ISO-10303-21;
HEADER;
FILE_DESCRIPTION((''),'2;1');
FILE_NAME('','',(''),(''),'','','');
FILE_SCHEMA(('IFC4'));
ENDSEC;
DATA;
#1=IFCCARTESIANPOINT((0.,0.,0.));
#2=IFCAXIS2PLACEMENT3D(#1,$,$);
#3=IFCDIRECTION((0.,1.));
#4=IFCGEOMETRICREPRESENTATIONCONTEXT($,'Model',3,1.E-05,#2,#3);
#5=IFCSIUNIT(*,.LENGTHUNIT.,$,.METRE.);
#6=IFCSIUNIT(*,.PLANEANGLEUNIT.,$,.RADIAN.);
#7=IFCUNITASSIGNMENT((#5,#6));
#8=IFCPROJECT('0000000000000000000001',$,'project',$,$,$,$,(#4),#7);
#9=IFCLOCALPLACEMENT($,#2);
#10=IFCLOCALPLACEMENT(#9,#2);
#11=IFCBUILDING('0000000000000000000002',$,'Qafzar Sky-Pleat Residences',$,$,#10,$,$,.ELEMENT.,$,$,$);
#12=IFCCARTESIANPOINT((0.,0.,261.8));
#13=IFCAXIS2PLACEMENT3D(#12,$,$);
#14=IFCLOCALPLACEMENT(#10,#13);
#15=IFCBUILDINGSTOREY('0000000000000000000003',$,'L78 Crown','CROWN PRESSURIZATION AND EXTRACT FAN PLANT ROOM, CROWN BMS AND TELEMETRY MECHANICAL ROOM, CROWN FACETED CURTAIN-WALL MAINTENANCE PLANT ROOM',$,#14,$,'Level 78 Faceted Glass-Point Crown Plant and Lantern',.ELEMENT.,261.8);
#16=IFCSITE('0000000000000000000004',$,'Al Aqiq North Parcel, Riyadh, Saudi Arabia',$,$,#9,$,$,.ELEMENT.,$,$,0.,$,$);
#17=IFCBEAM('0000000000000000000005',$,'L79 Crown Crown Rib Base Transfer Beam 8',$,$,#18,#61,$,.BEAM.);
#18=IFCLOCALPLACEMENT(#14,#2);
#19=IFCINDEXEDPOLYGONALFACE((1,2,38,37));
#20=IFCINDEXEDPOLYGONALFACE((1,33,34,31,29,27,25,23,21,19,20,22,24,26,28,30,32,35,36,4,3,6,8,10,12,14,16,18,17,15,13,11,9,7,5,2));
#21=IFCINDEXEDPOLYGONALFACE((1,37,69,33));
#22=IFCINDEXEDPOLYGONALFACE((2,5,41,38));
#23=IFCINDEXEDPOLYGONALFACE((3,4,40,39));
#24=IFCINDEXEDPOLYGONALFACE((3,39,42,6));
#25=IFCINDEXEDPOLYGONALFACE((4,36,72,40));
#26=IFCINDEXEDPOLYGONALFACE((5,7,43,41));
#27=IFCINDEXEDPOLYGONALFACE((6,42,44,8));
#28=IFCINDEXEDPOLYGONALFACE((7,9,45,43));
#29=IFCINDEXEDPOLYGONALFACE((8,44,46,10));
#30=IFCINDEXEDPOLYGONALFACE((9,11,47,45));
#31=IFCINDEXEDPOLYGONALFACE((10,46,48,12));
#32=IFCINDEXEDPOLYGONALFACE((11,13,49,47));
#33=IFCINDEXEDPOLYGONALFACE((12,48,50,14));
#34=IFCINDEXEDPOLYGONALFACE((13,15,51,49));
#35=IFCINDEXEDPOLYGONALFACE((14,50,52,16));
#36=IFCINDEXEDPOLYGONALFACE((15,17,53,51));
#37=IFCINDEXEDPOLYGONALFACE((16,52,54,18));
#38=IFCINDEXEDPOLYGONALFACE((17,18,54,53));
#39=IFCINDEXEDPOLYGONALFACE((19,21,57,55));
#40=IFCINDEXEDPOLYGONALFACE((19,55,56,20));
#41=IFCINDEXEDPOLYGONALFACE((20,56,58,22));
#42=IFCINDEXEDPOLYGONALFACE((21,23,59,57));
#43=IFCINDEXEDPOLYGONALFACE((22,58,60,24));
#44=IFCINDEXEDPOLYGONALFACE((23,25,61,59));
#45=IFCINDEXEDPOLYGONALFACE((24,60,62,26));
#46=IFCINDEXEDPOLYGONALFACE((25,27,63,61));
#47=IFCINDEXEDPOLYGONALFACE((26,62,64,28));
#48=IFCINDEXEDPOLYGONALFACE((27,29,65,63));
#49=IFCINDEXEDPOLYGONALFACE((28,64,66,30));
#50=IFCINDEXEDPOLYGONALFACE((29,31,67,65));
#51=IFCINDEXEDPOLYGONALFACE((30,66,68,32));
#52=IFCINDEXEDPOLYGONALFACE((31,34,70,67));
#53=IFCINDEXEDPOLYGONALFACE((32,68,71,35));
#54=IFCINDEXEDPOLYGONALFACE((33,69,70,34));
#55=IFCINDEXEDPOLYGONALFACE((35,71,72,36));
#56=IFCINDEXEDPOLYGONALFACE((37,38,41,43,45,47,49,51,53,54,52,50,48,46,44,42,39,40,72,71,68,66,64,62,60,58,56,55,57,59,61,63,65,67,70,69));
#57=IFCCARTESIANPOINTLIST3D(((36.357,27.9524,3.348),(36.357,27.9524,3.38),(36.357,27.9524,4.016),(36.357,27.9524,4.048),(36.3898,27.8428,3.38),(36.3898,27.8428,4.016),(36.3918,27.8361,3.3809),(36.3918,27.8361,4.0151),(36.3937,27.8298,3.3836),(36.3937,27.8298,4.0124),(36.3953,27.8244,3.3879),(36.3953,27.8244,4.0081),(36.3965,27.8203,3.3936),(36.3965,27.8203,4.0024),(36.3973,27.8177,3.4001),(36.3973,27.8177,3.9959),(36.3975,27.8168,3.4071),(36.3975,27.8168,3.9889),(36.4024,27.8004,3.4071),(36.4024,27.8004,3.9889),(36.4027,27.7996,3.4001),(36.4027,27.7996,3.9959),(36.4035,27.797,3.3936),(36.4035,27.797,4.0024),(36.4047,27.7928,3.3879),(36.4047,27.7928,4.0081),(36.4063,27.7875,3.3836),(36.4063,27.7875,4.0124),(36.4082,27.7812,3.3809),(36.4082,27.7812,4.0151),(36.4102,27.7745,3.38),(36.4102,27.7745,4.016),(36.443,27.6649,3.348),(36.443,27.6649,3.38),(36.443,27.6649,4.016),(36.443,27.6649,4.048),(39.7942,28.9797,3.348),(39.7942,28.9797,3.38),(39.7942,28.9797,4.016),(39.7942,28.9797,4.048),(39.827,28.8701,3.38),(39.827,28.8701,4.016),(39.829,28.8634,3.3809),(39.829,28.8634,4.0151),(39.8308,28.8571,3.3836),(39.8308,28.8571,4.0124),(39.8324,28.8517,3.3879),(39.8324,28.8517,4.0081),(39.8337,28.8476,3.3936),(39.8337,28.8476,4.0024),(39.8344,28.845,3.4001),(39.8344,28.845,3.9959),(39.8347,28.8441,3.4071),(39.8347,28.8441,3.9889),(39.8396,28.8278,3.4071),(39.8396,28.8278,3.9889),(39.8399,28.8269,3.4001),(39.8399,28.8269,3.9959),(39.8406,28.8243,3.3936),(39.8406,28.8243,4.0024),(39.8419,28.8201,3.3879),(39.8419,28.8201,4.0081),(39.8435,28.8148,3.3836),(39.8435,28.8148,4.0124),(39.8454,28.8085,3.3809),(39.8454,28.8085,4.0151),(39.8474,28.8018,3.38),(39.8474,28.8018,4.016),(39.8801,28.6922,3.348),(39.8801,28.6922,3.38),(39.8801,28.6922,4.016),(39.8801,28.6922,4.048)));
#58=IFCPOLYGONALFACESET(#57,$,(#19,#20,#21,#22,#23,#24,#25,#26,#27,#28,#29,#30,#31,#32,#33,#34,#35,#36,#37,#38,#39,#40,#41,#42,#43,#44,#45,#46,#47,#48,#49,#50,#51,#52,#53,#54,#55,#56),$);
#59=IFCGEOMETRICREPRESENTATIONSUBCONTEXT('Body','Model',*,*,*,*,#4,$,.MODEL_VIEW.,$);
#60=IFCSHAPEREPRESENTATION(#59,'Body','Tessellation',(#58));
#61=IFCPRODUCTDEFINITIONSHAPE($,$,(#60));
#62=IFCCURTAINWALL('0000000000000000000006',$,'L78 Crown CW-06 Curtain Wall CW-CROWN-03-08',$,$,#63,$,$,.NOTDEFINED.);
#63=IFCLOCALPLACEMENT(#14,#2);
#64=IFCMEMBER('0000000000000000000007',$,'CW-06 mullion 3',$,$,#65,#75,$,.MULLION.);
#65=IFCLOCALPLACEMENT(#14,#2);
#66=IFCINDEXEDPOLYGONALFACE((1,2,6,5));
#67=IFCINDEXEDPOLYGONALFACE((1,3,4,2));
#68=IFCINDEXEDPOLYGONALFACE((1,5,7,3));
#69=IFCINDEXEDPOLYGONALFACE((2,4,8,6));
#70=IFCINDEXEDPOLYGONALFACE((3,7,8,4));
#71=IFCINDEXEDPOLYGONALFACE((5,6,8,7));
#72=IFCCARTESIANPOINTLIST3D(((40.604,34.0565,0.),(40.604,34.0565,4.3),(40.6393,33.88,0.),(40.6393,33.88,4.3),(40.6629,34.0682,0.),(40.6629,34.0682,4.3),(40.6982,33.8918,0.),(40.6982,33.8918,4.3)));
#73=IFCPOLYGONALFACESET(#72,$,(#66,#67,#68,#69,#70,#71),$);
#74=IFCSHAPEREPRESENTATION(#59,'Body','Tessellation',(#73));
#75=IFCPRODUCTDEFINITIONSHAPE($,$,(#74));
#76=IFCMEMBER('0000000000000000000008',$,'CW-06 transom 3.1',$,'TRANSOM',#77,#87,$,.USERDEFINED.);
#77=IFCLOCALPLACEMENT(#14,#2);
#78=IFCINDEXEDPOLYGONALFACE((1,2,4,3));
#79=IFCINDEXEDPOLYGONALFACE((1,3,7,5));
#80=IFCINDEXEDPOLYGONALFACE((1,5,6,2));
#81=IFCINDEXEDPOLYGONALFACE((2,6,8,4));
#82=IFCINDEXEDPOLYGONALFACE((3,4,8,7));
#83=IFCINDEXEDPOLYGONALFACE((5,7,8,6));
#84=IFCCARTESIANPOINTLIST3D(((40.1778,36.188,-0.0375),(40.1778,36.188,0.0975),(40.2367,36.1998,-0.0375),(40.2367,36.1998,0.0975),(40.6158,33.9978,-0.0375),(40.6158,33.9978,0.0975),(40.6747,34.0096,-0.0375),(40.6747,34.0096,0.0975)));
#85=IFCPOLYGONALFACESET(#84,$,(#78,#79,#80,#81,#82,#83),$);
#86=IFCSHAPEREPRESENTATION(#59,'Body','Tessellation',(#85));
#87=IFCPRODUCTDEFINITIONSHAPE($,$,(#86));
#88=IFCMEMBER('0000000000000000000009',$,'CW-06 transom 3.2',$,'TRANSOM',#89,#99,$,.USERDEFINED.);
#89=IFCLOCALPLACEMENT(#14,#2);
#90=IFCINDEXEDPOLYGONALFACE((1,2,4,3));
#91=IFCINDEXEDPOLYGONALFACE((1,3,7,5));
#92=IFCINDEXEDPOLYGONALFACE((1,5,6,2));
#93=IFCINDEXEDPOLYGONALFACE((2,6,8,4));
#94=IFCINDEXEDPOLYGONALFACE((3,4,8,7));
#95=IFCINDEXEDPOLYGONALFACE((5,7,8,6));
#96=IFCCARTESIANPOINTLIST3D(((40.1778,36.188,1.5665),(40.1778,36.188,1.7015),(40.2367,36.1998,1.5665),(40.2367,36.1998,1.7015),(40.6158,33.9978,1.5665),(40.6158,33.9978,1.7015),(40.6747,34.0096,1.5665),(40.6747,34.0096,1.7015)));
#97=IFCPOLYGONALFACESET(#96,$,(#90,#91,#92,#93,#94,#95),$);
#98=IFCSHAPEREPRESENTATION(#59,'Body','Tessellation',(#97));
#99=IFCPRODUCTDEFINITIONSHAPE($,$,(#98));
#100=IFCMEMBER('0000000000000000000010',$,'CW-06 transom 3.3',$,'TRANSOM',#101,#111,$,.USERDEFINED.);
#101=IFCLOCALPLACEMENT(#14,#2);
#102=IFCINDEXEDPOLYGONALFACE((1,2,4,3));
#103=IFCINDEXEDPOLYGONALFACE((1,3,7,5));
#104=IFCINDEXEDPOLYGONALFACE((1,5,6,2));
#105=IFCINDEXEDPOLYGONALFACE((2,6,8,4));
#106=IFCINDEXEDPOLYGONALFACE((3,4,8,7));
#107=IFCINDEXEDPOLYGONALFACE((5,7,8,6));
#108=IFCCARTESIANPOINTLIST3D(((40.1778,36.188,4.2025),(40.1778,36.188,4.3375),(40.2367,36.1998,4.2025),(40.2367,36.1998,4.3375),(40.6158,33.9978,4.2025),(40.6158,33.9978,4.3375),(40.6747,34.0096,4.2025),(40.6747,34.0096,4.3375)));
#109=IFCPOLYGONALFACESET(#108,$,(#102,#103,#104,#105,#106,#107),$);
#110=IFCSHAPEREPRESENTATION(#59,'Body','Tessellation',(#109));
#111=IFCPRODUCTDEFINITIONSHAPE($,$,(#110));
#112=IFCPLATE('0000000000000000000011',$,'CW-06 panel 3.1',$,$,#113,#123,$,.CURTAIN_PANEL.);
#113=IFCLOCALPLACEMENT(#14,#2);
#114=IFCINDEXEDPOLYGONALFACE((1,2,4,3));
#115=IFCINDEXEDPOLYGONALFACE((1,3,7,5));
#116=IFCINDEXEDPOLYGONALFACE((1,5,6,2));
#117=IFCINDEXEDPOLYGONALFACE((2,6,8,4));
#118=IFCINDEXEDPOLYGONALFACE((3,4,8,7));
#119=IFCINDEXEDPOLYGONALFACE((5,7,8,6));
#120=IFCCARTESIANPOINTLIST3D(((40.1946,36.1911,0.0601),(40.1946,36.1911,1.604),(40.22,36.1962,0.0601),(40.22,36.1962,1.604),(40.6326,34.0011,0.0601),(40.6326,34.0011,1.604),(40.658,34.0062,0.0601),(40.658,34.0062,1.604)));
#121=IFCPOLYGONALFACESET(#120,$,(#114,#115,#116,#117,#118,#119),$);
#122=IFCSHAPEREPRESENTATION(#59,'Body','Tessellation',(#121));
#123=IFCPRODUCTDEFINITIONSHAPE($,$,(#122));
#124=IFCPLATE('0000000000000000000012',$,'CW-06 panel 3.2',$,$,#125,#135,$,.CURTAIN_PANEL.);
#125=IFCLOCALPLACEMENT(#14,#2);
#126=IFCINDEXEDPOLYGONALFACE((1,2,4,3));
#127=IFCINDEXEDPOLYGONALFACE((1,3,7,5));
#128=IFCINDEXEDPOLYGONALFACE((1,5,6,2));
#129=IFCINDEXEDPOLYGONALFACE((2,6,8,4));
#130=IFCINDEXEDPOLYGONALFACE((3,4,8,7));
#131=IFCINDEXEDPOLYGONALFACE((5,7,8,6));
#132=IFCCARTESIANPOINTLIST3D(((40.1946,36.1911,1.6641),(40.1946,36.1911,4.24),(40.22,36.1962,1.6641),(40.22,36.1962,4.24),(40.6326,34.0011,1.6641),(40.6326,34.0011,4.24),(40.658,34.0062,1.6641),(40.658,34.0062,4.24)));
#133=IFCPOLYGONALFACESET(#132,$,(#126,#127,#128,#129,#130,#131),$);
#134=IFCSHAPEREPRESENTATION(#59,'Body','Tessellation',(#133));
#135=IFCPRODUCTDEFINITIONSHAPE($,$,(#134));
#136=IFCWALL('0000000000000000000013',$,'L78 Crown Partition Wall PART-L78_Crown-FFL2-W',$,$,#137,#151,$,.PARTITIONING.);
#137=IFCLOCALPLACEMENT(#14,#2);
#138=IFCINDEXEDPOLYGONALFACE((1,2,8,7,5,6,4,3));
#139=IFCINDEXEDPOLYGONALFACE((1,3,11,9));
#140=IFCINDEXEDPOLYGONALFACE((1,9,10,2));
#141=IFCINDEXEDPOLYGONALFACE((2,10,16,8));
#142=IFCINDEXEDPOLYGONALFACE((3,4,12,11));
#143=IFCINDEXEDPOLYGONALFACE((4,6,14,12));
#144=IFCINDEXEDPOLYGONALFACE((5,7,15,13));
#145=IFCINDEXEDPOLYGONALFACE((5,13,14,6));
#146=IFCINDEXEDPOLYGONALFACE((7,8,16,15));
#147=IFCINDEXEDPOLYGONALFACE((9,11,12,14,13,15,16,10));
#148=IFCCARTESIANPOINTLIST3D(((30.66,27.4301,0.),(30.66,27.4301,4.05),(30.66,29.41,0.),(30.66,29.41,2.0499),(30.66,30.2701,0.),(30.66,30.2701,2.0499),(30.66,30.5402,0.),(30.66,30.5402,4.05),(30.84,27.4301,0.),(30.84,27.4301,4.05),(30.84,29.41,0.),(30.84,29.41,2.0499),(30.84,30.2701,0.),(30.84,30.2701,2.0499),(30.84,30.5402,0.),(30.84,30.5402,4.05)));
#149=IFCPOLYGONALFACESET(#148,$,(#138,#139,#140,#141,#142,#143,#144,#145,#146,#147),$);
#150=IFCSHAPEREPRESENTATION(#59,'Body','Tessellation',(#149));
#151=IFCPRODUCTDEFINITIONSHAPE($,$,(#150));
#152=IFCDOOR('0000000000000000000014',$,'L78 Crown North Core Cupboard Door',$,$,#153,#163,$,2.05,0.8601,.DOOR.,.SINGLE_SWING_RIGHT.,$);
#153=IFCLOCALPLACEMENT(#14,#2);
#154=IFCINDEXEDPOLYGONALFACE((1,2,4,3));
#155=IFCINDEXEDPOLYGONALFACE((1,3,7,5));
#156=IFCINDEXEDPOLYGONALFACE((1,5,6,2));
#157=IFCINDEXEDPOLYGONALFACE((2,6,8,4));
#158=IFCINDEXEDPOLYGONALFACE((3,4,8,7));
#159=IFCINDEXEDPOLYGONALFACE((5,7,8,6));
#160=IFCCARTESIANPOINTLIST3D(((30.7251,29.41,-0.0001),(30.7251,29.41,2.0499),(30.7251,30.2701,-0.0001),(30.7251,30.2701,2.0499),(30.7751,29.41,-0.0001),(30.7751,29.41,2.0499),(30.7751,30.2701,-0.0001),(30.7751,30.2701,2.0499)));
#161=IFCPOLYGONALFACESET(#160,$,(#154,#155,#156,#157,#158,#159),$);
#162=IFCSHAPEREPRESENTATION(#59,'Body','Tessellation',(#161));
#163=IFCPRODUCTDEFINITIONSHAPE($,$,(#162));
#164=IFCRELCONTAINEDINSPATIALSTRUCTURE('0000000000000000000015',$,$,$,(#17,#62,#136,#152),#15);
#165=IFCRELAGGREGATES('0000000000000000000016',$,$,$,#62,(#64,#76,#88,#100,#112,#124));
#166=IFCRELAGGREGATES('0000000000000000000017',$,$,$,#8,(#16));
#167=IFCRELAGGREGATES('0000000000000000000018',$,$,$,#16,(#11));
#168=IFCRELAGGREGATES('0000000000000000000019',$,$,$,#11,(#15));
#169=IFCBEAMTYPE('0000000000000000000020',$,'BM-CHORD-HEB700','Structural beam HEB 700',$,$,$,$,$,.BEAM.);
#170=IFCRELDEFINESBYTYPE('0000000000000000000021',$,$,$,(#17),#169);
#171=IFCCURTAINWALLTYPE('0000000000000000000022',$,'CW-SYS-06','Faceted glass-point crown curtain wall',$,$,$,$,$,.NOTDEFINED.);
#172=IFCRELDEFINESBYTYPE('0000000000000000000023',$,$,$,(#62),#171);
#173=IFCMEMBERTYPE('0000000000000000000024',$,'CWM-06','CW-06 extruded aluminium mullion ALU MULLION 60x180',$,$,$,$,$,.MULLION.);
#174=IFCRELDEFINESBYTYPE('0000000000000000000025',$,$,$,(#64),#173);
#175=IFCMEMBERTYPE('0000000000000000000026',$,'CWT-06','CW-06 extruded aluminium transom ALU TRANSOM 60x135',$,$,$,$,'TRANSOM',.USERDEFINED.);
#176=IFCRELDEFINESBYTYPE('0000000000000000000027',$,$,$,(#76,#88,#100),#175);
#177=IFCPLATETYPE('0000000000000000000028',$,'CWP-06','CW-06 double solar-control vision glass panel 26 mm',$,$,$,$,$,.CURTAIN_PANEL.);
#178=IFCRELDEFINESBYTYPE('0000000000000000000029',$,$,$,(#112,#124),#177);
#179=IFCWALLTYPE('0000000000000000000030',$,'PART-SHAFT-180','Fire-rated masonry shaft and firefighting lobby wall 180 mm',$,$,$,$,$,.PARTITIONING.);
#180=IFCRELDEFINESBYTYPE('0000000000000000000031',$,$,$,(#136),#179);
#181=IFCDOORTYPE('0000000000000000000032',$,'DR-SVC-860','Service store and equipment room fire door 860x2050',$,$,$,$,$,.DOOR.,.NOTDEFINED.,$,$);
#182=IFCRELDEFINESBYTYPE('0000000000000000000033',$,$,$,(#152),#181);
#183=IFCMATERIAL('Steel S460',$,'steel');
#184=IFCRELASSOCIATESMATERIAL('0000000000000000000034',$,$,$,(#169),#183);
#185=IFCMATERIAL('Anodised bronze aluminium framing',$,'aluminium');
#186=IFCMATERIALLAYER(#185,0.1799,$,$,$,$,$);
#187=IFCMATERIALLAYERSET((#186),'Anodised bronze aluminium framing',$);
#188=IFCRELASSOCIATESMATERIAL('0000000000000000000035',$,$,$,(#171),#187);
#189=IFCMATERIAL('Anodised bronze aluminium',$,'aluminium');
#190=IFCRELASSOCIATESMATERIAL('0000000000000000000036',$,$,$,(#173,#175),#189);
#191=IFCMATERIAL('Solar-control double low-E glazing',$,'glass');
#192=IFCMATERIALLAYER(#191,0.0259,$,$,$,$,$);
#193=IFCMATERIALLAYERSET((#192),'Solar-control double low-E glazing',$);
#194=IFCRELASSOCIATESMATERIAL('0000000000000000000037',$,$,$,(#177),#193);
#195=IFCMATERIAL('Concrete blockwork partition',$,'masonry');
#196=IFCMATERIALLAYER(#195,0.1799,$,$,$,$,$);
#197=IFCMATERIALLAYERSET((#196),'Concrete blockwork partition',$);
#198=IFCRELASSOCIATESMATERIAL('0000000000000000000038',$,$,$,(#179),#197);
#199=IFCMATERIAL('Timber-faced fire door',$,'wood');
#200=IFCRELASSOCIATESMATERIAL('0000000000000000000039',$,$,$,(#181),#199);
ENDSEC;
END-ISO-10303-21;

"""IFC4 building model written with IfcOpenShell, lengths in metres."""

from ifc_helpers import new_model, si_unit, direction, frame, frame_2d, origin, origin_2d, place, context, subcontext, project, spatial, rectangle, i_section, extrude, source, transform, mapped, material, layer, layer_set, material_profile, profile_set, type_object, element, fill, aggregate, save


model = new_model("IFC4")

# Units and contexts
model_context = context("Model", 3, precision=1e-05, world=origin(), true_north=direction((0.0, 1.0)))
body_context = subcontext(model_context, "Body", "Model", "MODEL_VIEW")
ifc_project = project(units=[si_unit("LENGTHUNIT", "METRE"), si_unit("PLANEANGLEUNIT", "RADIAN")], contexts=[model_context])

# Site, building, storey
site_placement = place(None, origin())
site = spatial("IfcSite", under=ifc_project, at=site_placement, Name="Al Aqiq North Parcel, Riyadh, Saudi Arabia", CompositionType="ELEMENT", RefElevation=0.0)
building_placement = place(site_placement, origin())
building = spatial("IfcBuilding", under=site, at=building_placement, Name="Qafzar Sky-Pleat Residences", CompositionType="ELEMENT")
storey_placement = place(building_placement, frame((0.0, 0.0, 261.8)))
storey = spatial("IfcBuildingStorey", under=building, at=storey_placement, Name="L78 Crown", Description="CROWN PRESSURIZATION AND EXTRACT FAN PLANT ROOM, CROWN BMS AND TELEMETRY MECHANICAL ROOM, CROWN FACETED CURTAIN-WALL MAINTENANCE PLANT ROOM", LongName="Level 78 Faceted Glass-Point Crown Plant and Lantern", CompositionType="ELEMENT", Elevation=261.8)

# Shared definitions
ifc_material_1 = material(Name="Steel S460", Category="steel")

# Beam
ifc_material_profile_1 = material_profile(ifc_material_1, i_section(OverallWidth=0.3, OverallDepth=0.7, WebThickness=0.0171, FlangeThickness=0.032, FilletRadius=0.0271, at=origin_2d()), Name="HEB 700")
ifc_profile_set_1 = profile_set([ifc_material_profile_1], Name="Steel S460")
beam_type = type_object("IfcBeamType", Name="BM-CHORD-HEB700", Description="Structural beam HEB 700", PredefinedType="BEAM", material=ifc_profile_set_1)
shared_shape_1 = source(origin(), body_context, "Body", "SweptSolid", [
    extrude(i_section(OverallWidth=0.3, OverallDepth=0.7, WebThickness=0.0171, FlangeThickness=0.032, FilletRadius=0.0271, at=origin_2d()), origin(), (0.0, 0.0, 1.0), 3.5874),
])
beam_1_placement = place(storey_placement, frame((39.8372, 28.8359, 3.698), z_axis=(-0.95812, -0.286368, 0.0), x_axis=(0.286368, -0.95812, 0.0)))
element("IfcBeam", 1, at=beam_1_placement, inside=storey, type_object=beam_type, Name="L79 Crown Crown Rib Base Transfer Beam 8", PredefinedType="BEAM", context=body_context, shape_type="MappedRepresentation", body=[
    mapped(shared_shape_1, transform((0.0, 0.0, 0.0), x_axis=(1.0, 0.0, 0.0), y_axis=(0.0, 1.0, 0.0), z_axis=(0.0, 0.0, 1.0), scale=1.0)),
])

# Curtain wall, members, plates
ifc_material_2 = material(Name="Anodised bronze aluminium framing", Category="aluminium")
ifc_layer_1 = layer(ifc_material_2, 0.1799)
ifc_layer_set_1 = layer_set([ifc_layer_1], Name="Anodised bronze aluminium framing")
curtain_wall_type = type_object("IfcCurtainWallType", Name="CW-SYS-06", Description="Faceted glass-point crown curtain wall", PredefinedType="NOTDEFINED", material=ifc_layer_set_1)
curtain_wall_placement = place(storey_placement, origin())
curtain_wall = element("IfcCurtainWall", 2, at=curtain_wall_placement, inside=storey, type_object=curtain_wall_type, Name="L78 Crown CW-06 Curtain Wall CW-CROWN-03-08", PredefinedType="NOTDEFINED")
ifc_material_3 = material(Name="Anodised bronze aluminium", Category="aluminium")
ifc_material_profile_2 = material_profile(ifc_material_3, rectangle(XDim=0.0601, YDim=0.1799, at=origin_2d()), Name="ALU MULLION 60x180")
ifc_profile_set_2 = profile_set([ifc_material_profile_2], Name="Anodised bronze aluminium")
member_type_1 = type_object("IfcMemberType", Name="CWM-06", Description="CW-06 extruded aluminium mullion ALU MULLION 60x180", PredefinedType="MULLION", material=ifc_profile_set_2)
shared_shape_2 = source(origin(), body_context, "Body", "SweptSolid", [
    extrude(rectangle(XDim=0.0601, YDim=0.1799, at=origin_2d()), origin(), (0.0, 0.0, 1.0), 4.3),
])
member_1_placement = place(storey_placement, frame((40.6511, 33.9741, 0.0), z_axis=(0.0, 0.0, 1.0), x_axis=(-0.980581, -0.196113, 0.0)))
member_1 = element("IfcMember", 3, at=member_1_placement, type_object=member_type_1, Name="CW-06 mullion 3", PredefinedType="MULLION", context=body_context, shape_type="MappedRepresentation", body=[
    mapped(shared_shape_2, transform((0.0, 0.0, 0.0), x_axis=(1.0, 0.0, 0.0), y_axis=(0.0, 1.0, 0.0), z_axis=(0.0, 0.0, 1.0), scale=1.0)),
])
ifc_material_profile_3 = material_profile(ifc_material_3, rectangle(XDim=0.0601, YDim=0.135, at=origin_2d()), Name="ALU TRANSOM 60x135")
ifc_profile_set_3 = profile_set([ifc_material_profile_3], Name="Anodised bronze aluminium")
member_type_2 = type_object("IfcMemberType", Name="CWT-06", Description="CW-06 extruded aluminium transom ALU TRANSOM 60x135", ElementType="TRANSOM", PredefinedType="USERDEFINED", material=ifc_profile_set_3)
shared_shape_3 = source(origin(), body_context, "Body", "SweptSolid", [
    extrude(rectangle(XDim=0.0601, YDim=0.135, at=origin_2d()), origin(), (0.0, 0.0, 1.0), 2.2336),
])
member_2_placement = place(storey_placement, frame((40.6453, 34.0037, 0.03), z_axis=(-0.196095, 0.980585, 0.0), x_axis=(-0.980585, -0.196095, 0.0)))
member_2 = element("IfcMember", 4, at=member_2_placement, type_object=member_type_2, Name="CW-06 transom 3.1", ObjectType="TRANSOM", PredefinedType="USERDEFINED", context=body_context, shape_type="MappedRepresentation", body=[
    mapped(shared_shape_3, transform((0.0, 0.0, 0.0), x_axis=(1.0, 0.0, 0.0), y_axis=(0.0, 1.0, 0.0), z_axis=(0.0, 0.0, 1.0), scale=1.0)),
])
member_3_placement = place(storey_placement, frame((40.6453, 34.0037, 1.634), z_axis=(-0.196095, 0.980585, 0.0), x_axis=(-0.980585, -0.196095, 0.0)))
member_3 = element("IfcMember", 5, at=member_3_placement, type_object=member_type_2, Name="CW-06 transom 3.2", ObjectType="TRANSOM", PredefinedType="USERDEFINED", context=body_context, shape_type="MappedRepresentation", body=[
    mapped(shared_shape_3, transform((0.0, 0.0, 0.0), x_axis=(1.0, 0.0, 0.0), y_axis=(0.0, 1.0, 0.0), z_axis=(0.0, 0.0, 1.0), scale=1.0)),
])
member_4_placement = place(storey_placement, frame((40.6453, 34.0037, 4.27), z_axis=(-0.196095, 0.980585, 0.0), x_axis=(-0.980585, -0.196095, 0.0)))
member_4 = element("IfcMember", 6, at=member_4_placement, type_object=member_type_2, Name="CW-06 transom 3.3", ObjectType="TRANSOM", PredefinedType="USERDEFINED", context=body_context, shape_type="MappedRepresentation", body=[
    mapped(shared_shape_3, transform((0.0, 0.0, 0.0), x_axis=(1.0, 0.0, 0.0), y_axis=(0.0, 1.0, 0.0), z_axis=(0.0, 0.0, 1.0), scale=1.0)),
])
ifc_material_4 = material(Name="Solar-control double low-E glazing", Category="glass")
ifc_layer_2 = layer(ifc_material_4, 0.0259)
ifc_layer_set_2 = layer_set([ifc_layer_2], Name="Solar-control double low-E glazing")
plate_type = type_object("IfcPlateType", Name="CWP-06", Description="CW-06 double solar-control vision glass panel 26 mm", PredefinedType="CURTAIN_PANEL", material=ifc_layer_set_2)
shared_shape_4 = source(origin(), body_context, "Body", "SweptSolid", [
    extrude(rectangle(XDim=2.2334, YDim=0.0259, at=origin_2d()), origin(), (0.0, 0.0, 1.0), 1.5439),
])
plate_1_placement = place(storey_placement, frame((40.4263, 35.0986, 0.0601), z_axis=(0.0, 0.0, 1.0), x_axis=(-0.196113, 0.980581, 0.0)))
plate_1 = element("IfcPlate", 7, at=plate_1_placement, type_object=plate_type, Name="CW-06 panel 3.1", PredefinedType="CURTAIN_PANEL", context=body_context, shape_type="MappedRepresentation", body=[
    mapped(shared_shape_4, transform((0.0, 0.0, 0.0), x_axis=(1.0, 0.0, 0.0), y_axis=(0.0, 1.0, 0.0), z_axis=(0.0, 0.0, 1.0), scale=1.0)),
])
shared_shape_5 = source(origin(), body_context, "Body", "SweptSolid", [
    extrude(rectangle(XDim=2.2334, YDim=0.0259, at=origin_2d()), origin(), (0.0, 0.0, 1.0), 2.5759),
])
plate_2_placement = place(storey_placement, frame((40.4263, 35.0986, 1.6641), z_axis=(0.0, 0.0, 1.0), x_axis=(-0.196113, 0.980581, 0.0)))
plate_2 = element("IfcPlate", 8, at=plate_2_placement, type_object=plate_type, Name="CW-06 panel 3.2", PredefinedType="CURTAIN_PANEL", context=body_context, shape_type="MappedRepresentation", body=[
    mapped(shared_shape_5, transform((0.0, 0.0, 0.0), x_axis=(1.0, 0.0, 0.0), y_axis=(0.0, 1.0, 0.0), z_axis=(0.0, 0.0, 1.0), scale=1.0)),
])
aggregate(curtain_wall, [member_1, member_2, member_3, member_4, plate_1, plate_2])

# Wall, opening, door
ifc_material_5 = material(Name="Concrete blockwork partition", Category="masonry")
ifc_layer_3 = layer(ifc_material_5, 0.1799)
ifc_layer_set_3 = layer_set([ifc_layer_3], Name="Concrete blockwork partition")
wall_type_1 = type_object("IfcWallType", Name="PART-SHAFT-180", Description="Fire-rated masonry shaft and firefighting lobby wall 180 mm", PredefinedType="PARTITIONING", material=ifc_layer_set_3)
wall_1_placement = place(storey_placement, frame((30.75, 27.4299, 0.0), z_axis=(0.0, 0.0, 1.0), x_axis=(0.0, 1.0, 0.0)))
wall_1 = element("IfcWall", 9, at=wall_1_placement, inside=storey, type_object=wall_type_1, Name="L78 Crown Partition Wall PART-L78_Crown-FFL2-W", PredefinedType="PARTITIONING", context=body_context, shape_type="SweptSolid", body=[
    extrude(rectangle(XDim=3.1101, YDim=0.1799, at=frame_2d((1.5552, 0.0))), origin(), (0.0, 0.0, 1.0), 4.05),
])
opening_placement = place(wall_1_placement, frame((1.98, 0.0, 0.0)))
opening = element("IfcOpeningElement", 10, at=opening_placement, cuts=wall_1, PredefinedType="OPENING", context=body_context, shape_type="SweptSolid", body=[
    extrude(rectangle(XDim=0.8601, YDim=2.05, at=frame_2d((0.4302, 1.0249))), frame((0.0, 0.1001, 0.0), z_axis=(0.0, -1.0, 0.0), x_axis=(1.0, 0.0, 0.0)), (0.0, 0.0, 1.0), 0.2),
])
ifc_material_6 = material(Name="Timber-faced fire door", Category="wood")
door_type = type_object("IfcDoorType", Name="DR-SVC-860", Description="Service store and equipment room fire door 860x2050", OperationType="NOTDEFINED", PredefinedType="DOOR", material=ifc_material_6)
shared_shape_6 = source(origin(), body_context, "Body", "SweptSolid", [
    extrude(rectangle(XDim=0.8601, YDim=2.05, at=frame_2d((0.4302, 1.0249))), frame((0.0, 0.0249, 0.0), z_axis=(0.0, -1.0, 0.0), x_axis=(1.0, 0.0, 0.0)), (0.0, 0.0, 1.0), 0.05),
])
door_placement = place(opening_placement, origin())
door = element("IfcDoor", 11, at=door_placement, inside=storey, type_object=door_type, Name="L78 Crown North Core Cupboard Door", OperationType="SINGLE_SWING_RIGHT", OverallHeight=2.05, OverallWidth=0.8601, PredefinedType="DOOR", context=body_context, shape_type="MappedRepresentation", body=[
    mapped(shared_shape_6, transform((0.0, 0.0, 0.0), x_axis=(1.0, 0.0, 0.0), y_axis=(0.0, 1.0, 0.0), z_axis=(0.0, 0.0, 1.0), scale=1.0)),
])
fill(opening, door)

save(model, "model.ifc")
